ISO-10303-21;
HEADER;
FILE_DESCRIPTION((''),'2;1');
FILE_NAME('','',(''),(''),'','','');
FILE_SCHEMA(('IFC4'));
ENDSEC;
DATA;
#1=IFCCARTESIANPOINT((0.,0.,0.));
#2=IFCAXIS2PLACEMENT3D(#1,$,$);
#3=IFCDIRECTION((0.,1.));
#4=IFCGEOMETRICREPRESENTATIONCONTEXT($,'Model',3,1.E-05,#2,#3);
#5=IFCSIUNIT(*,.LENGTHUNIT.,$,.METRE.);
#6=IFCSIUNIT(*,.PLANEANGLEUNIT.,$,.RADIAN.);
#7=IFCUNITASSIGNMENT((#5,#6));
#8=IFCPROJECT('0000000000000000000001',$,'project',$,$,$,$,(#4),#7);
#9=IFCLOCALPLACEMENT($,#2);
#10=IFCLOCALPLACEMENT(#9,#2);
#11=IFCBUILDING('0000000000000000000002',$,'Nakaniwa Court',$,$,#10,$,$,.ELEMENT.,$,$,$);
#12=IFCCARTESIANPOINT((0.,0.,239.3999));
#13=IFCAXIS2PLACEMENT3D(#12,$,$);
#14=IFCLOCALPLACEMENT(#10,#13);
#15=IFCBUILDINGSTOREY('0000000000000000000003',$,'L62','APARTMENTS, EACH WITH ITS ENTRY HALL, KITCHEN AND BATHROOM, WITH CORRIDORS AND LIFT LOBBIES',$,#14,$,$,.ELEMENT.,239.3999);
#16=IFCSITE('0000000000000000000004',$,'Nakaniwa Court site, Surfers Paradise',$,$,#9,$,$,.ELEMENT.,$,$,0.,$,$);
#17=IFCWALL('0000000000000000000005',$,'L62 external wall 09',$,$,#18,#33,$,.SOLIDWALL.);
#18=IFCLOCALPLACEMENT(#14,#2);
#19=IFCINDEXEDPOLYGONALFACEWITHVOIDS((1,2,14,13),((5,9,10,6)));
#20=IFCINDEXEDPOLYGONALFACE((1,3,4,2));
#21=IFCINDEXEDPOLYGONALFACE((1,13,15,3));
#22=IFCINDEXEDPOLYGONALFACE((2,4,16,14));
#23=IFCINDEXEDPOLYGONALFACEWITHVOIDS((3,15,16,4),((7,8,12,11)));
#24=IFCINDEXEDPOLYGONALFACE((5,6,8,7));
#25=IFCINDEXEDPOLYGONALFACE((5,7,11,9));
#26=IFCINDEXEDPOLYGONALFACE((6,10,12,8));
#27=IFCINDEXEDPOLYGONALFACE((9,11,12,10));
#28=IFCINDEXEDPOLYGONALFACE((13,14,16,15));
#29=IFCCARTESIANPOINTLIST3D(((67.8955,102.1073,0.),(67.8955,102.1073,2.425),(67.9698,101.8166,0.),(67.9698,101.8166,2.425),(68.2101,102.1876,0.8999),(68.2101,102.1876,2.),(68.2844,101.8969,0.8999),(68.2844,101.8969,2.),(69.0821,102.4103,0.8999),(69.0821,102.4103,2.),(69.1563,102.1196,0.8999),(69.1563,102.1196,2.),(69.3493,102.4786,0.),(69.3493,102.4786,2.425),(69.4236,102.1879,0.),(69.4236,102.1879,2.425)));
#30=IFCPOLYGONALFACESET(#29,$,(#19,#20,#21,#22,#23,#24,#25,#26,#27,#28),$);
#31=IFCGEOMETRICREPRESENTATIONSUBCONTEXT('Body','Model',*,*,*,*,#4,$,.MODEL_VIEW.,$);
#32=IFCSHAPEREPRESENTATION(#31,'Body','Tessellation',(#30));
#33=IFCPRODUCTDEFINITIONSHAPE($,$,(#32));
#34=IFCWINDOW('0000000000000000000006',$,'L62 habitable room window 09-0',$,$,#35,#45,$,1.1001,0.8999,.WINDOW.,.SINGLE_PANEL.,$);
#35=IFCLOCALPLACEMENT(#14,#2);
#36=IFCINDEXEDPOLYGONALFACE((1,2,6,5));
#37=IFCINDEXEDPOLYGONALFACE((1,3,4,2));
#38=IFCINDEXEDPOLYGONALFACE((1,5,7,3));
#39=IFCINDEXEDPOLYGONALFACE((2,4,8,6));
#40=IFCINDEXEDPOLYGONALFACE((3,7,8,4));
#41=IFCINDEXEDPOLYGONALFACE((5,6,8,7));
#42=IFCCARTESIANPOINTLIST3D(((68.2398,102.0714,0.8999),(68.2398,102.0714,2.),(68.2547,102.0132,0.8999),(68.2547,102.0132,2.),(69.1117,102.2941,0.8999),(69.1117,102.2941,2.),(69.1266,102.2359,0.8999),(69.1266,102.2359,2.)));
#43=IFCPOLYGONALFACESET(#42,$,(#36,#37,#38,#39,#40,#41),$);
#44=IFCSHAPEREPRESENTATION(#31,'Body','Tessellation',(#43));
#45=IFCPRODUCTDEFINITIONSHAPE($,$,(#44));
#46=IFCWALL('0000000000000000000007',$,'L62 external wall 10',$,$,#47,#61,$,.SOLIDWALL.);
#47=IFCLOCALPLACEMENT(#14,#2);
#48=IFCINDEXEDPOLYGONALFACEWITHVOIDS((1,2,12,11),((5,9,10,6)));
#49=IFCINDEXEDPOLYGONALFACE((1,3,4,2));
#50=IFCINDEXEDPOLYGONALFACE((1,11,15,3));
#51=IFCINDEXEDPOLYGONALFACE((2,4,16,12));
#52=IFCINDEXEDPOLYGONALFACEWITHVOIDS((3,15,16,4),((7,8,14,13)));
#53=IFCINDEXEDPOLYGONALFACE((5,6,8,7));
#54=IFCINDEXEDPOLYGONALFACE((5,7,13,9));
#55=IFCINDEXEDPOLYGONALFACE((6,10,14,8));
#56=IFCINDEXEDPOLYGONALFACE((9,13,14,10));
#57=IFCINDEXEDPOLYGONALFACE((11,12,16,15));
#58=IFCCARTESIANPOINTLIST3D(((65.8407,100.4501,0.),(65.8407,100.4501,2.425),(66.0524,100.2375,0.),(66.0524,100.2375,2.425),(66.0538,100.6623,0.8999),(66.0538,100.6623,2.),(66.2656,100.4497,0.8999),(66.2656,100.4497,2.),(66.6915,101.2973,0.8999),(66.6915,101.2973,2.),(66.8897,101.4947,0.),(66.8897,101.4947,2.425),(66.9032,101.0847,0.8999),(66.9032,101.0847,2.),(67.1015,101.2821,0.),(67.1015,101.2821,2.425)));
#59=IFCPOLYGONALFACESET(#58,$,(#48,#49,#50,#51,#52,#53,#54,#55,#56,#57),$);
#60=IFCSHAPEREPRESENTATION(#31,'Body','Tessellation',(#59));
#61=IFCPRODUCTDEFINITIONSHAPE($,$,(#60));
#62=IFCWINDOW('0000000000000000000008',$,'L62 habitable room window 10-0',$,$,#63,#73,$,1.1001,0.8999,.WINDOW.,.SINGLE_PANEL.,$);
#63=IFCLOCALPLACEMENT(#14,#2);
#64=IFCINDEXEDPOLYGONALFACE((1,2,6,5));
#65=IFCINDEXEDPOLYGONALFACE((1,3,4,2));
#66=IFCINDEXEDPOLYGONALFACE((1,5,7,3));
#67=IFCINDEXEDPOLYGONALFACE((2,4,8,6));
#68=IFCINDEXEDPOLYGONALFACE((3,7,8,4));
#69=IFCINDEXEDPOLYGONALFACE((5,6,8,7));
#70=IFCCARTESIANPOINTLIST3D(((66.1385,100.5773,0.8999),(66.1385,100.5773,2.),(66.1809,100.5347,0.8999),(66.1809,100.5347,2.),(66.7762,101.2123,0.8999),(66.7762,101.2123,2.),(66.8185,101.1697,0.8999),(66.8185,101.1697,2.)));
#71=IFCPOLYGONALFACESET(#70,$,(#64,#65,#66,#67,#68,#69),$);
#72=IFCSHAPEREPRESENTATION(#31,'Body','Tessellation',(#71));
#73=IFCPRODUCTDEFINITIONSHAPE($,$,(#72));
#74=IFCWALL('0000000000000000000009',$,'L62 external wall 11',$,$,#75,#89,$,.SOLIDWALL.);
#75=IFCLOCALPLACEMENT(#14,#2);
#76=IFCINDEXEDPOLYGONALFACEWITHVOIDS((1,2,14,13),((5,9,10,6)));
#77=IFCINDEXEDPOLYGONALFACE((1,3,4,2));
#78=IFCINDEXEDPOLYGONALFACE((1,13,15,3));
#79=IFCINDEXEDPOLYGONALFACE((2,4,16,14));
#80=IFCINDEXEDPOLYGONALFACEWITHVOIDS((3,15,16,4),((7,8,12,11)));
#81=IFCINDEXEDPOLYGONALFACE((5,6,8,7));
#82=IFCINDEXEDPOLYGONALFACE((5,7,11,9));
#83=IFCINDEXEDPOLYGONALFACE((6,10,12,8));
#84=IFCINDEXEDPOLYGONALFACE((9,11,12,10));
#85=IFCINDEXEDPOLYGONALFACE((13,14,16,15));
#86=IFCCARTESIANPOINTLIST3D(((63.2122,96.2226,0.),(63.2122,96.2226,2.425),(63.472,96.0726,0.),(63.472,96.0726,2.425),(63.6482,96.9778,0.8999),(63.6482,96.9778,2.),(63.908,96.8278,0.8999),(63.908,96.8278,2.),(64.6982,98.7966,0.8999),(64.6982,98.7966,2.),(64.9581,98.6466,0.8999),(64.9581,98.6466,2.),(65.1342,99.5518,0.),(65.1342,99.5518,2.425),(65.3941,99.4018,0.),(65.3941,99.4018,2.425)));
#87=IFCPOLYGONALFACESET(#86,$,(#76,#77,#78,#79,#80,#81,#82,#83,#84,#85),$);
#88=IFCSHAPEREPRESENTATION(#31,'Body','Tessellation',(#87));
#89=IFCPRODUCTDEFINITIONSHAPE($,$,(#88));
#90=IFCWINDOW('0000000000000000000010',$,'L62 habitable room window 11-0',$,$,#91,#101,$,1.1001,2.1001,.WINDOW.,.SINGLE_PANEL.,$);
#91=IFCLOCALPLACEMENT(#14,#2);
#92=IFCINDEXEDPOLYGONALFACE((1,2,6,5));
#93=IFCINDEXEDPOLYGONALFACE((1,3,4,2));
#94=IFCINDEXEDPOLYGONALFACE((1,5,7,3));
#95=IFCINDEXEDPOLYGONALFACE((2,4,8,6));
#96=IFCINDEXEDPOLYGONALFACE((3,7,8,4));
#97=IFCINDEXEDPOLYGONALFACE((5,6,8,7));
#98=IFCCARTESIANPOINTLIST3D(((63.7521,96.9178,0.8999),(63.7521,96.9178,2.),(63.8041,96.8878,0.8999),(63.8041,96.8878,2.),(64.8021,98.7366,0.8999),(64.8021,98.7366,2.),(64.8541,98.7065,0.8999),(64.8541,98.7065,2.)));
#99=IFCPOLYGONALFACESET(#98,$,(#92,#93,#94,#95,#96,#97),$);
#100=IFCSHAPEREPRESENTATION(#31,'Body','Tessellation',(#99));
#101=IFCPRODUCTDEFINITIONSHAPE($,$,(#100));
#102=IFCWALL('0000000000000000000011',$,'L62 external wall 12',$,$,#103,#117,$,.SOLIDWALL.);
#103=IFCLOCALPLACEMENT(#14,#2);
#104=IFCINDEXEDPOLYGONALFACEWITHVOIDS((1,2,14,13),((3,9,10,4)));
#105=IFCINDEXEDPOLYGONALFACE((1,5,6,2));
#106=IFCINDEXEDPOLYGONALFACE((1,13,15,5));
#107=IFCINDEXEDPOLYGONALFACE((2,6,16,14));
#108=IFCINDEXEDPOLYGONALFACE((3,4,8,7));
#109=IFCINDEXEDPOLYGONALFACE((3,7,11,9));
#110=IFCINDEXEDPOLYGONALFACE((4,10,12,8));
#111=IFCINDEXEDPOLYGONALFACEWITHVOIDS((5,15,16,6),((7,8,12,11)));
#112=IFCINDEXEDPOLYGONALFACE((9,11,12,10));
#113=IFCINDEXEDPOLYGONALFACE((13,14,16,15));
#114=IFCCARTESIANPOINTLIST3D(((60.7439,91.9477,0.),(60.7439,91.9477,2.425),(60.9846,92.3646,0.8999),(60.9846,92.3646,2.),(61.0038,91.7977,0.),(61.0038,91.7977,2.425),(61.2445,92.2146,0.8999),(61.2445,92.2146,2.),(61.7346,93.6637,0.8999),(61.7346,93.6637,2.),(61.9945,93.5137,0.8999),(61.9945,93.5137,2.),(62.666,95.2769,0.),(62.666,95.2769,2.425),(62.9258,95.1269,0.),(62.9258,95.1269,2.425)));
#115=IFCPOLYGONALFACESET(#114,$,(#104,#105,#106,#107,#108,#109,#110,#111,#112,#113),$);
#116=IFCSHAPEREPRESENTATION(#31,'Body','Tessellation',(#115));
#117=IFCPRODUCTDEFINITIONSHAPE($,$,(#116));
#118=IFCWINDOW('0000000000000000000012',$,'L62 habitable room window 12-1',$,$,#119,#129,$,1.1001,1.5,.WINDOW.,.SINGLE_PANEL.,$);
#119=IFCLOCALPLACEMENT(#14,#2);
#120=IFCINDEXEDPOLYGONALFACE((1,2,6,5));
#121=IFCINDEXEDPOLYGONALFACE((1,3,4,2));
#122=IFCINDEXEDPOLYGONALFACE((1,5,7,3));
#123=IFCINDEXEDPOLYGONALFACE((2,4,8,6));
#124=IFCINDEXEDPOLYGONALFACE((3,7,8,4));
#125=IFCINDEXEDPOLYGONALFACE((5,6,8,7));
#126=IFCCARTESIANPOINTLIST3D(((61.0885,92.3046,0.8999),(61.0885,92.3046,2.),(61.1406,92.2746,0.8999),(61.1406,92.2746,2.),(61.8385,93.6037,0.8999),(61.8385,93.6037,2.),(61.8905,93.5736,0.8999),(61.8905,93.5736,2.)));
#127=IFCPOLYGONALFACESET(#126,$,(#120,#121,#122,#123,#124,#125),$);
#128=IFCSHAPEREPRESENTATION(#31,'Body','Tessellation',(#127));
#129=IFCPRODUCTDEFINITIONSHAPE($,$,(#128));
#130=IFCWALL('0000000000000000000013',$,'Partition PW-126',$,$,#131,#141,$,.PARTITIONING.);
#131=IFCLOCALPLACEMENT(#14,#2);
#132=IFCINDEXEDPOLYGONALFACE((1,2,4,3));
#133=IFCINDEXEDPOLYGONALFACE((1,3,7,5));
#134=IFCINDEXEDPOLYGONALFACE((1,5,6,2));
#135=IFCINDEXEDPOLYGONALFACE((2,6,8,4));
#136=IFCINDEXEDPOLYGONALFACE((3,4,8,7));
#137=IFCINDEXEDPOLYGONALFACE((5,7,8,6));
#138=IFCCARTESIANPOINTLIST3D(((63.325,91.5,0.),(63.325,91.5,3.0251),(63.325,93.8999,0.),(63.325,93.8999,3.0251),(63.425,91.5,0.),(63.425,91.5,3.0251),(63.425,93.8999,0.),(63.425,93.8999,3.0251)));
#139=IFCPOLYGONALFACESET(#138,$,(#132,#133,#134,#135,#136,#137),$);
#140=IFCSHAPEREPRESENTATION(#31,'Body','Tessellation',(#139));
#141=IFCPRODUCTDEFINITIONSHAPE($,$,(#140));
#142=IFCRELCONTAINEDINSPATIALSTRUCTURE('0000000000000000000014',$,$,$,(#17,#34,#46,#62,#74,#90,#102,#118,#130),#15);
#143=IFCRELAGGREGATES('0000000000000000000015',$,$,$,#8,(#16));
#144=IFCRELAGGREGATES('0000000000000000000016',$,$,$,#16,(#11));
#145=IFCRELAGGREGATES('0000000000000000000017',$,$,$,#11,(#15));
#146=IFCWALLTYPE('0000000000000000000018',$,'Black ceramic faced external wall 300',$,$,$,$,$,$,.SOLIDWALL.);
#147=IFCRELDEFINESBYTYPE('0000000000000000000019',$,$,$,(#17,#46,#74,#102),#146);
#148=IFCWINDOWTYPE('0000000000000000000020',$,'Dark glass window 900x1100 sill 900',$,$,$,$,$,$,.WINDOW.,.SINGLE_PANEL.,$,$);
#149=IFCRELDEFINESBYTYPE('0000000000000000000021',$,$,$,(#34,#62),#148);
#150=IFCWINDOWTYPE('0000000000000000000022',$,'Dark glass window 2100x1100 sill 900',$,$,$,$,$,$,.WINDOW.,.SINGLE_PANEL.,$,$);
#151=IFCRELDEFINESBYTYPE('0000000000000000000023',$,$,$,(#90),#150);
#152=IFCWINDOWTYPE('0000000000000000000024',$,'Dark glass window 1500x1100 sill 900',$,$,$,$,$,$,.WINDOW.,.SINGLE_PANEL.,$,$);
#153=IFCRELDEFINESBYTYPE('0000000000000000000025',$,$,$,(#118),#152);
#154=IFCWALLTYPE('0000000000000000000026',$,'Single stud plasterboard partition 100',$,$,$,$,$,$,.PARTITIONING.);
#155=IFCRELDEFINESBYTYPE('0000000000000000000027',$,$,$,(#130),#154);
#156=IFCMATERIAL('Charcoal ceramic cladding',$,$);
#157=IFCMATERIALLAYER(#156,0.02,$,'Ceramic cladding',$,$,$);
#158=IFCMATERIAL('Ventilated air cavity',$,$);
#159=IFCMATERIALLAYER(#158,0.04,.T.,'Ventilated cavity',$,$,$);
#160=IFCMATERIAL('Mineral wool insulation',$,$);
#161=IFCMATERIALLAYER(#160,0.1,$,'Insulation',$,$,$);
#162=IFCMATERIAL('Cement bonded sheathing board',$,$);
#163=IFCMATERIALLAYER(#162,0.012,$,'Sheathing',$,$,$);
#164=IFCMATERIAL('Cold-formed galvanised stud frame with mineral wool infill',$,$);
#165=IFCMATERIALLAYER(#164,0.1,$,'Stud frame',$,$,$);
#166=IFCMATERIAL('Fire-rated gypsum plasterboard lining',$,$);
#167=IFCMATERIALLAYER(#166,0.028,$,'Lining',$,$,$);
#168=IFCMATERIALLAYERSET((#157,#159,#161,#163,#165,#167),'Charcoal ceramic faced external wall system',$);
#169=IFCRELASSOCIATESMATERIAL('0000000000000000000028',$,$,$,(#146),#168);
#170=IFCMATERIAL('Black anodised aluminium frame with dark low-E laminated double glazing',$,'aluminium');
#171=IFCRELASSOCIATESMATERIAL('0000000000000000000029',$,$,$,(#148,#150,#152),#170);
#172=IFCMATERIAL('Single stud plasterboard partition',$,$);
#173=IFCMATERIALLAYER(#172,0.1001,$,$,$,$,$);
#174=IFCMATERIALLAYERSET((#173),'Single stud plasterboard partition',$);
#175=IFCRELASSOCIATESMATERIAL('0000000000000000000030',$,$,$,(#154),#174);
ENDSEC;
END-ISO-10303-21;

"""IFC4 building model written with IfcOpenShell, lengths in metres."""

from ifc_helpers import new_model, si_unit, direction, frame, frame_2d, origin, place, context, subcontext, project, spatial, rectangle, extrude, material, layer, layer_set, type_object, element, fill, save


model = new_model("IFC4")

# Units and contexts
model_context = context("Model", 3, precision=1e-05, world=origin(), true_north=direction((0.0, 1.0)))
body_context = subcontext(model_context, "Body", "Model", "MODEL_VIEW")
ifc_project = project(units=[si_unit("LENGTHUNIT", "METRE"), si_unit("PLANEANGLEUNIT", "RADIAN")], contexts=[model_context])

# Site, building, storey
site_placement = place(None, origin())
site = spatial("IfcSite", under=ifc_project, at=site_placement, Name="Nakaniwa Court site, Surfers Paradise", CompositionType="ELEMENT", RefElevation=0.0)
building_placement = place(site_placement, origin())
building = spatial("IfcBuilding", under=site, at=building_placement, Name="Nakaniwa Court", CompositionType="ELEMENT")
storey_placement = place(building_placement, frame((0.0, 0.0, 239.3999)))
storey = spatial("IfcBuildingStorey", under=building, at=storey_placement, Name="L62", Description="APARTMENTS, EACH WITH ITS ENTRY HALL, KITCHEN AND BATHROOM, WITH CORRIDORS AND LIFT LOBBIES", CompositionType="ELEMENT", Elevation=239.3999)

# Walls, openings, windows
ifc_material_1 = material(Name="Charcoal ceramic cladding")
ifc_layer_1 = layer(ifc_material_1, 0.02, Name="Ceramic cladding")
ifc_material_2 = material(Name="Ventilated air cavity")
ifc_layer_2 = layer(ifc_material_2, 0.04, ventilated=True, Name="Ventilated cavity")
ifc_material_3 = material(Name="Mineral wool insulation")
ifc_layer_3 = layer(ifc_material_3, 0.1, Name="Insulation")
ifc_material_4 = material(Name="Cement bonded sheathing board")
ifc_layer_4 = layer(ifc_material_4, 0.012, Name="Sheathing")
ifc_material_5 = material(Name="Cold-formed galvanised stud frame with mineral wool infill")
ifc_layer_5 = layer(ifc_material_5, 0.1, Name="Stud frame")
ifc_material_6 = material(Name="Fire-rated gypsum plasterboard lining")
ifc_layer_6 = layer(ifc_material_6, 0.028, Name="Lining")
ifc_layer_set_1 = layer_set([ifc_layer_1, ifc_layer_2, ifc_layer_3, ifc_layer_4, ifc_layer_5, ifc_layer_6], Name="Charcoal ceramic faced external wall system")
wall_type_1 = type_object("IfcWallType", Name="Black ceramic faced external wall 300", PredefinedType="SOLIDWALL", material=ifc_layer_set_1)
wall_1_placement = place(storey_placement, frame((69.3865, 102.3333, 0.0), z_axis=(0.0, 0.0, 1.0), x_axis=(-0.968895, -0.247471, 0.0)))
wall_1 = element("IfcWall", 1, at=wall_1_placement, inside=storey, type_object=wall_type_1, Name="L62 external wall 09", PredefinedType="SOLIDWALL", context=body_context, shape_type="SweptSolid", body=[
    extrude(rectangle(XDim=1.5005, YDim=0.3, at=frame_2d((0.7502, 0.0))), origin(), (0.0, 0.0, 1.0), 2.425),
])
opening_1_placement = place(wall_1_placement, frame((0.2759, 0.0, 0.8999)))
opening_1 = element("IfcOpeningElement", 2, at=opening_1_placement, cuts=wall_1, PredefinedType="OPENING", context=body_context, shape_type="SweptSolid", body=[
    extrude(rectangle(XDim=0.8999, YDim=1.1001, at=frame_2d((0.45, 0.55))), frame((0.0, 0.1599, 0.0), z_axis=(0.0, -1.0, 0.0), x_axis=(1.0, 0.0, 0.0)), (0.0, 0.0, 1.0), 0.3201),
])
ifc_material_7 = material(Name="Black anodised aluminium frame with dark low-E laminated double glazing", Category="aluminium")
window_type_1 = type_object("IfcWindowType", Name="Dark glass window 900x1100 sill 900", PartitioningType="SINGLE_PANEL", PredefinedType="WINDOW", material=ifc_material_7)
window_1_placement = place(opening_1_placement, origin())
window_1 = element("IfcWindow", 3, at=window_1_placement, inside=storey, type_object=window_type_1, Name="L62 habitable room window 09-0", OverallHeight=1.1001, OverallWidth=0.8999, PartitioningType="SINGLE_PANEL", PredefinedType="WINDOW", context=body_context, shape_type="SweptSolid", body=[
    extrude(rectangle(XDim=0.8999, YDim=1.1001, at=frame_2d((0.45, 0.55))), frame((0.0, 0.03, 0.0), z_axis=(0.0, -1.0, 0.0), x_axis=(1.0, 0.0, 0.0)), (0.0, 0.0, 1.0), 0.0601),
])
fill(opening_1, window_1)
wall_2_placement = place(storey_placement, frame((66.9956, 101.3884, 0.0), z_axis=(0.0, 0.0, 1.0), x_axis=(-0.708589, -0.705621, 0.0)))
wall_2 = element("IfcWall", 4, at=wall_2_placement, inside=storey, type_object=wall_type_1, Name="L62 external wall 10", PredefinedType="SOLIDWALL", context=body_context, shape_type="SweptSolid", body=[
    extrude(rectangle(XDim=1.4805, YDim=0.3, at=frame_2d((0.7402, 0.0))), origin(), (0.0, 0.0, 1.0), 2.425),
])
opening_2_placement = place(wall_2_placement, frame((0.2798, 0.0, 0.8999)))
opening_2 = element("IfcOpeningElement", 5, at=opening_2_placement, cuts=wall_2, PredefinedType="OPENING", context=body_context, shape_type="SweptSolid", body=[
    extrude(rectangle(XDim=0.8999, YDim=1.1001, at=frame_2d((0.45, 0.55))), frame((0.0, 0.1599, 0.0), z_axis=(0.0, -1.0, 0.0), x_axis=(1.0, 0.0, 0.0)), (0.0, 0.0, 1.0), 0.3201),
])
window_2_placement = place(opening_2_placement, origin())
window_2 = element("IfcWindow", 6, at=window_2_placement, inside=storey, type_object=window_type_1, Name="L62 habitable room window 10-0", OverallHeight=1.1001, OverallWidth=0.8999, PartitioningType="SINGLE_PANEL", PredefinedType="WINDOW", context=body_context, shape_type="SweptSolid", body=[
    extrude(rectangle(XDim=0.8999, YDim=1.1001, at=frame_2d((0.45, 0.55))), frame((0.0, 0.03, 0.0), z_axis=(0.0, -1.0, 0.0), x_axis=(1.0, 0.0, 0.0)), (0.0, 0.0, 1.0), 0.0601),
])
fill(opening_2, window_2)
wall_3_placement = place(storey_placement, frame((65.2642, 99.4768, 0.0), z_axis=(0.0, 0.0, 1.0), x_axis=(-0.499984, -0.866034, 0.0)))
wall_3 = element("IfcWall", 7, at=wall_3_placement, inside=storey, type_object=wall_type_1, Name="L62 external wall 11", PredefinedType="SOLIDWALL", context=body_context, shape_type="SweptSolid", body=[
    extrude(rectangle(XDim=3.8442, YDim=0.3, at=frame_2d((1.9221, 0.0))), origin(), (0.0, 0.0, 1.0), 2.425),
])
opening_3_placement = place(wall_3_placement, frame((0.8721, 0.0, 0.8999)))
opening_3 = element("IfcOpeningElement", 8, at=opening_3_placement, cuts=wall_3, PredefinedType="OPENING", context=body_context, shape_type="SweptSolid", body=[
    extrude(rectangle(XDim=2.1001, YDim=1.1001, at=frame_2d((1.05, 0.55))), frame((0.0, 0.1599, 0.0), z_axis=(0.0, -1.0, 0.0), x_axis=(1.0, 0.0, 0.0)), (0.0, 0.0, 1.0), 0.3201),
])
window_type_2 = type_object("IfcWindowType", Name="Dark glass window 2100x1100 sill 900", PartitioningType="SINGLE_PANEL", PredefinedType="WINDOW", material=ifc_material_7)
window_3_placement = place(opening_3_placement, origin())
window_3 = element("IfcWindow", 9, at=window_3_placement, inside=storey, type_object=window_type_2, Name="L62 habitable room window 11-0", OverallHeight=1.1001, OverallWidth=2.1001, PartitioningType="SINGLE_PANEL", PredefinedType="WINDOW", context=body_context, shape_type="SweptSolid", body=[
    extrude(rectangle(XDim=2.1001, YDim=1.1001, at=frame_2d((1.05, 0.55))), frame((0.0, 0.03, 0.0), z_axis=(0.0, -1.0, 0.0), x_axis=(1.0, 0.0, 0.0)), (0.0, 0.0, 1.0), 0.0601),
])
fill(opening_3, window_3)
wall_4_placement = place(storey_placement, frame((62.7959, 95.2019, 0.0), z_axis=(0.0, 0.0, 1.0), x_axis=(-0.499984, -0.866034, 0.0)))
wall_4 = element("IfcWall", 10, at=wall_4_placement, inside=storey, type_object=wall_type_1, Name="L62 external wall 12", PredefinedType="SOLIDWALL", context=body_context, shape_type="SweptSolid", body=[
    extrude(rectangle(XDim=3.8442, YDim=0.3, at=frame_2d((1.9221, 0.0))), origin(), (0.0, 0.0, 1.0), 2.425),
])
opening_4_placement = place(wall_4_placement, frame((1.8628, 0.0, 0.8999)))
opening_4 = element("IfcOpeningElement", 11, at=opening_4_placement, cuts=wall_4, PredefinedType="OPENING", context=body_context, shape_type="SweptSolid", body=[
    extrude(rectangle(XDim=1.5, YDim=1.1001, at=frame_2d((0.75, 0.55))), frame((0.0, 0.1599, 0.0), z_axis=(0.0, -1.0, 0.0), x_axis=(1.0, 0.0, 0.0)), (0.0, 0.0, 1.0), 0.3201),
])
window_type_3 = type_object("IfcWindowType", Name="Dark glass window 1500x1100 sill 900", PartitioningType="SINGLE_PANEL", PredefinedType="WINDOW", material=ifc_material_7)
window_4_placement = place(opening_4_placement, origin())
window_4 = element("IfcWindow", 12, at=window_4_placement, inside=storey, type_object=window_type_3, Name="L62 habitable room window 12-1", OverallHeight=1.1001, OverallWidth=1.5, PartitioningType="SINGLE_PANEL", PredefinedType="WINDOW", context=body_context, shape_type="SweptSolid", body=[
    extrude(rectangle(XDim=1.5, YDim=1.1001, at=frame_2d((0.75, 0.55))), frame((0.0, 0.03, 0.0), z_axis=(0.0, -1.0, 0.0), x_axis=(1.0, 0.0, 0.0)), (0.0, 0.0, 1.0), 0.0601),
])
fill(opening_4, window_4)

# Wall
ifc_material_8 = material(Name="Single stud plasterboard partition")
ifc_layer_7 = layer(ifc_material_8, 0.1001)
ifc_layer_set_2 = layer_set([ifc_layer_7], Name="Single stud plasterboard partition")
wall_type_2 = type_object("IfcWallType", Name="Single stud plasterboard partition 100", PredefinedType="PARTITIONING", material=ifc_layer_set_2)
wall_5_placement = place(storey_placement, frame((63.375, 91.5, 0.0), z_axis=(0.0, 0.0, 1.0), x_axis=(0.0, 1.0, 0.0)))
element("IfcWall", 13, at=wall_5_placement, inside=storey, type_object=wall_type_2, Name="Partition PW-126", PredefinedType="PARTITIONING", context=body_context, shape_type="SweptSolid", body=[
    extrude(rectangle(XDim=2.3999, YDim=0.1001, at=frame_2d((1.2, 0.0))), origin(), (0.0, 0.0, 1.0), 3.0251),
])

save(model, "model.ifc")
